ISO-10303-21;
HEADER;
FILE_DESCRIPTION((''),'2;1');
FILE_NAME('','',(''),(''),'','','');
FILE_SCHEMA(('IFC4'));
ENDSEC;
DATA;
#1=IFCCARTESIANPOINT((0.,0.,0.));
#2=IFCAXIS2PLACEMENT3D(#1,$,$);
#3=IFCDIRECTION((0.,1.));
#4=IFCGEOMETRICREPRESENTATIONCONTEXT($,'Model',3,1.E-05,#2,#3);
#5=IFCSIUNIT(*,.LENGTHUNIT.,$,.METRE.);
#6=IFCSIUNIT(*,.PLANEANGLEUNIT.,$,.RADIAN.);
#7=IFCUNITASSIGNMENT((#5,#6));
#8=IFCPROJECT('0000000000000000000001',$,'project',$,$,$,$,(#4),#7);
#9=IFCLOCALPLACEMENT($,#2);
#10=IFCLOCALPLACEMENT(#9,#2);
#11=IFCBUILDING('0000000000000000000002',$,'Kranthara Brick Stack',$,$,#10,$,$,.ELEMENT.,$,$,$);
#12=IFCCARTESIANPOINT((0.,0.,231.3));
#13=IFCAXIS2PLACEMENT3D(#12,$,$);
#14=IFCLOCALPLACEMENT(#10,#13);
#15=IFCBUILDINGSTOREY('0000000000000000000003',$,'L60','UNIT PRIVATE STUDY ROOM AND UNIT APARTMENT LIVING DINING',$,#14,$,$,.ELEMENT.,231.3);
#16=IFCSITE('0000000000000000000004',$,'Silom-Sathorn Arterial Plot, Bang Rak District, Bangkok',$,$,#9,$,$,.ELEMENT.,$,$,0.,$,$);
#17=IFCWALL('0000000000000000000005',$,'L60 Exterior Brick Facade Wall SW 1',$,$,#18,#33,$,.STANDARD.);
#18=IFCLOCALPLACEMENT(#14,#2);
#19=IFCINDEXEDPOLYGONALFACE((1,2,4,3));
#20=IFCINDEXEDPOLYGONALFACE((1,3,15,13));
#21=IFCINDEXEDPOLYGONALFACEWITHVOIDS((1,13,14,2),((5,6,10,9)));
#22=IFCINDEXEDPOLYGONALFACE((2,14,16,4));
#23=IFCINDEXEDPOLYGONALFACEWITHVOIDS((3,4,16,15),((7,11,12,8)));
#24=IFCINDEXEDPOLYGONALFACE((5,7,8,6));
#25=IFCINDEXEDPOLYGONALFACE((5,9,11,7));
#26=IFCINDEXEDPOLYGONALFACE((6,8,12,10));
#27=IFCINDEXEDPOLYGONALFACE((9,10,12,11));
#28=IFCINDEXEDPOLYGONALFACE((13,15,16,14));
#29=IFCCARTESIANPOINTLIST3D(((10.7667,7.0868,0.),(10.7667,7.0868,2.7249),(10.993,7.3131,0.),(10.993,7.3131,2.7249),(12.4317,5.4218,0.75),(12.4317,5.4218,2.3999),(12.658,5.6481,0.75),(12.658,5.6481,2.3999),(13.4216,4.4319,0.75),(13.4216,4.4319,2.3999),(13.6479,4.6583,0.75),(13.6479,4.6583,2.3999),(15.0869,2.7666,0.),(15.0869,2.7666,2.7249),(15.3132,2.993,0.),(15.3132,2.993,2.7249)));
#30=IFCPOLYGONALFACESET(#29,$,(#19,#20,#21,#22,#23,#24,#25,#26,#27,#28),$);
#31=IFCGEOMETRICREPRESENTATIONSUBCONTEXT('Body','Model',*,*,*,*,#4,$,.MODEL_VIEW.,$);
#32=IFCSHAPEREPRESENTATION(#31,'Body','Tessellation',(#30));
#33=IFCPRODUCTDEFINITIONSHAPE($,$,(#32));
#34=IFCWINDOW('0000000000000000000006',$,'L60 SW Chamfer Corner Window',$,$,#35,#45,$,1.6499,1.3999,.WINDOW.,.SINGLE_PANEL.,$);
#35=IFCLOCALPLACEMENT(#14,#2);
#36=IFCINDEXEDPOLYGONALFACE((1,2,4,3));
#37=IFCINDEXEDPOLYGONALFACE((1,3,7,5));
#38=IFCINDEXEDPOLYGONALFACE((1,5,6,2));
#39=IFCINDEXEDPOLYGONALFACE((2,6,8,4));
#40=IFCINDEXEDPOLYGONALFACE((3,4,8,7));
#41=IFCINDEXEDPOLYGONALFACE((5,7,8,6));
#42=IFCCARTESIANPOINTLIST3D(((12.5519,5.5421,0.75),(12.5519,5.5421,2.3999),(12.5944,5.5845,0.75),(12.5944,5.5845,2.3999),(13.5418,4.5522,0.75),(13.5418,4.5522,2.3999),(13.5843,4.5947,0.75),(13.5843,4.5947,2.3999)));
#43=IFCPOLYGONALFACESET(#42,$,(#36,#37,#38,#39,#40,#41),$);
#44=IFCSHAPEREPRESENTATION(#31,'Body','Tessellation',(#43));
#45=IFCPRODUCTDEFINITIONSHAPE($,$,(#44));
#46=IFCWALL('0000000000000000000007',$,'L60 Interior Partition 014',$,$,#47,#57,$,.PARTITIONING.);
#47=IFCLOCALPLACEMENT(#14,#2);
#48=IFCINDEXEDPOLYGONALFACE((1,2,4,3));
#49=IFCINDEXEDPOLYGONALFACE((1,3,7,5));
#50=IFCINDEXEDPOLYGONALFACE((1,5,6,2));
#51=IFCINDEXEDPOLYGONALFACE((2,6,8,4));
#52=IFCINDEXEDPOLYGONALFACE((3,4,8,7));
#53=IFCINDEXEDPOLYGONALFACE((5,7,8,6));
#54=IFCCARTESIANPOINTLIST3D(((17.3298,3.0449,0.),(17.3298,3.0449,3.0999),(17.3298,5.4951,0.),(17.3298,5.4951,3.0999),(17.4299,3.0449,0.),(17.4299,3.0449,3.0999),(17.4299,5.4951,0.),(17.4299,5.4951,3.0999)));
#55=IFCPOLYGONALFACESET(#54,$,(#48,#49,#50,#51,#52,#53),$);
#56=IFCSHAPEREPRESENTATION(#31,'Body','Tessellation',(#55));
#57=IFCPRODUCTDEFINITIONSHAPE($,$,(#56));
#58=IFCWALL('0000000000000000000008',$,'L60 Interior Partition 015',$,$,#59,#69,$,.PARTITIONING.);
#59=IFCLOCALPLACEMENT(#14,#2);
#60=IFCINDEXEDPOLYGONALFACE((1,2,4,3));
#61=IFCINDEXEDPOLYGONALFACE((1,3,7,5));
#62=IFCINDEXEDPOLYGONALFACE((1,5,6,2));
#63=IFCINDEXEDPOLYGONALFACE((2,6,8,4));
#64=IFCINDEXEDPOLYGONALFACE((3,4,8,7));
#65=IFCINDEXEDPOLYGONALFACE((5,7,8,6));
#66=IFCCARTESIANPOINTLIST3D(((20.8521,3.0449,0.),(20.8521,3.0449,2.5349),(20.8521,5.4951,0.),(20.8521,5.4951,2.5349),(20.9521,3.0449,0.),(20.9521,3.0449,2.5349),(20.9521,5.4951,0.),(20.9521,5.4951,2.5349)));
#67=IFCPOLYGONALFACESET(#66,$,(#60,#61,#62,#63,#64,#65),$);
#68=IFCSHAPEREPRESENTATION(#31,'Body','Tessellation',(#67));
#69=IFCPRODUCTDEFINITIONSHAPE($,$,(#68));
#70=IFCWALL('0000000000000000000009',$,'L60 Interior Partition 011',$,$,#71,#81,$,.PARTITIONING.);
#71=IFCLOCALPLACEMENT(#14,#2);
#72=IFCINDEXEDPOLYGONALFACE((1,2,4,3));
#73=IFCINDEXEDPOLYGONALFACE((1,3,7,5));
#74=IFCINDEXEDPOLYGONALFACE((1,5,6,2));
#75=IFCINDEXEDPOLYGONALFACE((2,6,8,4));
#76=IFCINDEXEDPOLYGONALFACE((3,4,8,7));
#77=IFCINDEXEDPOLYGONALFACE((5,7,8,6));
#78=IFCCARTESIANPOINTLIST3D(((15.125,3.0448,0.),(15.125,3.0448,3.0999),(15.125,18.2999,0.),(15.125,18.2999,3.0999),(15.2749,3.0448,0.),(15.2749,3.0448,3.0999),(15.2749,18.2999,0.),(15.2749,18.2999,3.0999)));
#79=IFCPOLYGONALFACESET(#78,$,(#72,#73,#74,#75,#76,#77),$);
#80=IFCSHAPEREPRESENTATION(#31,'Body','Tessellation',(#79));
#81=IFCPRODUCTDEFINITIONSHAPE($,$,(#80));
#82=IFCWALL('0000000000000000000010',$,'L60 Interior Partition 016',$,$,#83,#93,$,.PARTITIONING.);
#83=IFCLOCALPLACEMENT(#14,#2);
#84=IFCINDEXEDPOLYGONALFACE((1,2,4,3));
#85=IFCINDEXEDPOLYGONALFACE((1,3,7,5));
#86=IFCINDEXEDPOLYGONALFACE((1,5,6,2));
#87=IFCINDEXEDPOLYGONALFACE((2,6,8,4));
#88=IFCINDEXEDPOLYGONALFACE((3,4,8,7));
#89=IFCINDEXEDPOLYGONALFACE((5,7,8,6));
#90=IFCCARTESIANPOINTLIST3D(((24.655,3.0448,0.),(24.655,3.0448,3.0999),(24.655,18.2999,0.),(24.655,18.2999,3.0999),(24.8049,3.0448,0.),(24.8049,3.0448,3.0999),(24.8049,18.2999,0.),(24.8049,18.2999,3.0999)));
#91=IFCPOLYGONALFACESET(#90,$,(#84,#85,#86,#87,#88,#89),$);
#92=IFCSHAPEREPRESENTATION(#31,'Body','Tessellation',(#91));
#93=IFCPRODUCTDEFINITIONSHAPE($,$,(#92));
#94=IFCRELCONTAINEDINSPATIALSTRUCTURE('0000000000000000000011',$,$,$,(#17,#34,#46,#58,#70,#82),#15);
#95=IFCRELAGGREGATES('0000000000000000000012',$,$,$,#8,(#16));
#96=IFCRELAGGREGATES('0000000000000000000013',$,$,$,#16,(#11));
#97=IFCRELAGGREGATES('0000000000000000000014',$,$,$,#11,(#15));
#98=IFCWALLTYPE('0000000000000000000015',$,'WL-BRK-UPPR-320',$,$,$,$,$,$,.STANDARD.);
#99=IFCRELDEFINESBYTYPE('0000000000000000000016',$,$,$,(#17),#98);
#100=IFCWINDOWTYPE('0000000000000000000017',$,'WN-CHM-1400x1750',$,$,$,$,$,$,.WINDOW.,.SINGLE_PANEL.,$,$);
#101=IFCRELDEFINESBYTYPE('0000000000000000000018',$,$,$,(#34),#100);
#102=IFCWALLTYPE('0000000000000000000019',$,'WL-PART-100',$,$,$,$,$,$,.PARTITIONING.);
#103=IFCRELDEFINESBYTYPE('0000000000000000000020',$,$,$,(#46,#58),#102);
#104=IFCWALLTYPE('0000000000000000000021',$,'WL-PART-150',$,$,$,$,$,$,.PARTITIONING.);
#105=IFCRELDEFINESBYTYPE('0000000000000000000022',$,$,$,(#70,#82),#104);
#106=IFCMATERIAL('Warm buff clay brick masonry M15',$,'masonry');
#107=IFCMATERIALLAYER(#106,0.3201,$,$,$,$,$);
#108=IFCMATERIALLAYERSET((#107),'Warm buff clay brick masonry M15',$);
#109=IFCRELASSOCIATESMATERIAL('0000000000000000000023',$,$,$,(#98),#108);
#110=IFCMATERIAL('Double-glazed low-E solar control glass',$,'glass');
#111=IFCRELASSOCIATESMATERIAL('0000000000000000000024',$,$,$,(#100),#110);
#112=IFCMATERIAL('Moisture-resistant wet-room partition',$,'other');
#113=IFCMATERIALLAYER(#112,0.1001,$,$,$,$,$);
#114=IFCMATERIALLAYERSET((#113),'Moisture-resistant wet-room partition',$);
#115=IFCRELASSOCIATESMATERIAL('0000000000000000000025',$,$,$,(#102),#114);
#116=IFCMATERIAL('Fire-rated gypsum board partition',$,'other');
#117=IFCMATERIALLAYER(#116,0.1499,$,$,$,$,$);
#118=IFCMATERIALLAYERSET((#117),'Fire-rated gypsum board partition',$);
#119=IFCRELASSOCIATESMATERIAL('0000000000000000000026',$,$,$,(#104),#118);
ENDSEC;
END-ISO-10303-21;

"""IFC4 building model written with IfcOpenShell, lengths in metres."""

from ifc_helpers import new_model, si_unit, direction, frame, frame_2d, origin, place, context, subcontext, project, spatial, rectangle, extrude, material, layer, layer_set, type_object, element, fill, save


model = new_model("IFC4")

# Units and contexts
model_context = context("Model", 3, precision=1e-05, world=origin(), true_north=direction((0.0, 1.0)))
body_context = subcontext(model_context, "Body", "Model", "MODEL_VIEW")
ifc_project = project(units=[si_unit("LENGTHUNIT", "METRE"), si_unit("PLANEANGLEUNIT", "RADIAN")], contexts=[model_context])

# Site, building, storey
site_placement = place(None, origin())
site = spatial("IfcSite", under=ifc_project, at=site_placement, Name="Silom-Sathorn Arterial Plot, Bang Rak District, Bangkok", CompositionType="ELEMENT", RefElevation=0.0)
building_placement = place(site_placement, origin())
building = spatial("IfcBuilding", under=site, at=building_placement, Name="Kranthara Brick Stack", CompositionType="ELEMENT")
storey_placement = place(building_placement, frame((0.0, 0.0, 231.3)))
storey = spatial("IfcBuildingStorey", under=building, at=storey_placement, Name="L60", Description="UNIT PRIVATE STUDY ROOM AND UNIT APARTMENT LIVING DINING", CompositionType="ELEMENT", Elevation=231.3)

# Wall, opening, window
ifc_material_1 = material(Name="Warm buff clay brick masonry M15", Category="masonry")
ifc_layer_1 = layer(ifc_material_1, 0.3201)
ifc_layer_set_1 = layer_set([ifc_layer_1], Name="Warm buff clay brick masonry M15")
wall_type_1 = type_object("IfcWallType", Name="WL-BRK-UPPR-320", PredefinedType="STANDARD", material=ifc_layer_set_1)
wall_1_placement = place(storey_placement, frame((15.2, 2.8799, 0.0), z_axis=(0.0, 0.0, 1.0), x_axis=(-0.707107, 0.707107, 0.0)))
wall_1 = element("IfcWall", 1, at=wall_1_placement, inside=storey, type_object=wall_type_1, Name="L60 Exterior Brick Facade Wall SW 1", PredefinedType="STANDARD", context=body_context, shape_type="SweptSolid", body=[
    extrude(rectangle(XDim=6.1096, YDim=0.3201, at=frame_2d((3.0547, 0.0))), origin(), (0.0, 0.0, 1.0), 2.7249),
])
opening_placement = place(wall_1_placement, frame((2.355, 0.0, 0.75)))
opening = element("IfcOpeningElement", 2, at=opening_placement, cuts=wall_1, PredefinedType="OPENING", context=body_context, shape_type="SweptSolid", body=[
    extrude(rectangle(XDim=1.3999, YDim=1.6499, at=frame_2d((0.7, 0.825))), frame((0.0, 0.1699, 0.0), z_axis=(0.0, -1.0, 0.0), x_axis=(1.0, 0.0, 0.0)), (0.0, 0.0, 1.0), 0.3401),
])
ifc_material_2 = material(Name="Double-glazed low-E solar control glass", Category="glass")
window_type = type_object("IfcWindowType", Name="WN-CHM-1400x1750", PartitioningType="SINGLE_PANEL", PredefinedType="WINDOW", material=ifc_material_2)
window_placement = place(opening_placement, origin())
window = element("IfcWindow", 3, at=window_placement, inside=storey, type_object=window_type, Name="L60 SW Chamfer Corner Window", OverallHeight=1.6499, OverallWidth=1.3999, PartitioningType="SINGLE_PANEL", PredefinedType="WINDOW", context=body_context, shape_type="SweptSolid", body=[
    extrude(rectangle(XDim=1.3999, YDim=1.6499, at=frame_2d((0.7, 0.825))), frame((0.0, -0.01, 0.0), z_axis=(0.0, -1.0, 0.0), x_axis=(1.0, 0.0, 0.0)), (0.0, 0.0, 1.0), 0.0601),
])
fill(opening, window)

# Walls
ifc_material_3 = material(Name="Moisture-resistant wet-room partition", Category="other")
ifc_layer_2 = layer(ifc_material_3, 0.1001)
ifc_layer_set_2 = layer_set([ifc_layer_2], Name="Moisture-resistant wet-room partition")
wall_type_2 = type_object("IfcWallType", Name="WL-PART-100", PredefinedType="PARTITIONING", material=ifc_layer_set_2)
wall_2_placement = place(storey_placement, frame((17.3799, 3.0449, 0.0), z_axis=(0.0, 0.0, 1.0), x_axis=(0.0, 1.0, 0.0)))
element("IfcWall", 4, at=wall_2_placement, inside=storey, type_object=wall_type_2, Name="L60 Interior Partition 014", PredefinedType="PARTITIONING", context=body_context, shape_type="SweptSolid", body=[
    extrude(rectangle(XDim=2.4502, YDim=0.1001, at=frame_2d((1.2251, 0.0))), origin(), (0.0, 0.0, 1.0), 3.0999),
])
wall_3_placement = place(storey_placement, frame((20.9021, 3.0449, 0.0), z_axis=(0.0, 0.0, 1.0), x_axis=(0.0, 1.0, 0.0)))
element("IfcWall", 5, at=wall_3_placement, inside=storey, type_object=wall_type_2, Name="L60 Interior Partition 015", PredefinedType="PARTITIONING", context=body_context, shape_type="SweptSolid", body=[
    extrude(rectangle(XDim=2.4502, YDim=0.1001, at=frame_2d((1.2251, 0.0))), origin(), (0.0, 0.0, 1.0), 2.5349),
])
ifc_material_4 = material(Name="Fire-rated gypsum board partition", Category="other")
ifc_layer_3 = layer(ifc_material_4, 0.1499)
ifc_layer_set_3 = layer_set([ifc_layer_3], Name="Fire-rated gypsum board partition")
wall_type_3 = type_object("IfcWallType", Name="WL-PART-150", PredefinedType="PARTITIONING", material=ifc_layer_set_3)
for number, where, z_axis, x_axis, name in (
    (6, (15.2, 3.0449, 0.0), (0.0, 0.0, 1.0), (0.0, 1.0, 0.0), "L60 Interior Partition 011"),
    (7, (24.73, 3.0449, 0.0), (0.0, 0.0, 1.0), (0.0, 1.0, 0.0), "L60 Interior Partition 016"),
):
    element("IfcWall", number, at=place(storey_placement, frame(where, z_axis=z_axis, x_axis=x_axis)), inside=storey, type_object=wall_type_3, Name=name, PredefinedType="PARTITIONING", context=body_context, shape_type="SweptSolid", body=[
        extrude(rectangle(XDim=15.2551, YDim=0.1499, at=frame_2d((7.6274, 0.0))), origin(), (0.0, 0.0, 1.0), 3.0999),
    ])

save(model, "model.ifc")
